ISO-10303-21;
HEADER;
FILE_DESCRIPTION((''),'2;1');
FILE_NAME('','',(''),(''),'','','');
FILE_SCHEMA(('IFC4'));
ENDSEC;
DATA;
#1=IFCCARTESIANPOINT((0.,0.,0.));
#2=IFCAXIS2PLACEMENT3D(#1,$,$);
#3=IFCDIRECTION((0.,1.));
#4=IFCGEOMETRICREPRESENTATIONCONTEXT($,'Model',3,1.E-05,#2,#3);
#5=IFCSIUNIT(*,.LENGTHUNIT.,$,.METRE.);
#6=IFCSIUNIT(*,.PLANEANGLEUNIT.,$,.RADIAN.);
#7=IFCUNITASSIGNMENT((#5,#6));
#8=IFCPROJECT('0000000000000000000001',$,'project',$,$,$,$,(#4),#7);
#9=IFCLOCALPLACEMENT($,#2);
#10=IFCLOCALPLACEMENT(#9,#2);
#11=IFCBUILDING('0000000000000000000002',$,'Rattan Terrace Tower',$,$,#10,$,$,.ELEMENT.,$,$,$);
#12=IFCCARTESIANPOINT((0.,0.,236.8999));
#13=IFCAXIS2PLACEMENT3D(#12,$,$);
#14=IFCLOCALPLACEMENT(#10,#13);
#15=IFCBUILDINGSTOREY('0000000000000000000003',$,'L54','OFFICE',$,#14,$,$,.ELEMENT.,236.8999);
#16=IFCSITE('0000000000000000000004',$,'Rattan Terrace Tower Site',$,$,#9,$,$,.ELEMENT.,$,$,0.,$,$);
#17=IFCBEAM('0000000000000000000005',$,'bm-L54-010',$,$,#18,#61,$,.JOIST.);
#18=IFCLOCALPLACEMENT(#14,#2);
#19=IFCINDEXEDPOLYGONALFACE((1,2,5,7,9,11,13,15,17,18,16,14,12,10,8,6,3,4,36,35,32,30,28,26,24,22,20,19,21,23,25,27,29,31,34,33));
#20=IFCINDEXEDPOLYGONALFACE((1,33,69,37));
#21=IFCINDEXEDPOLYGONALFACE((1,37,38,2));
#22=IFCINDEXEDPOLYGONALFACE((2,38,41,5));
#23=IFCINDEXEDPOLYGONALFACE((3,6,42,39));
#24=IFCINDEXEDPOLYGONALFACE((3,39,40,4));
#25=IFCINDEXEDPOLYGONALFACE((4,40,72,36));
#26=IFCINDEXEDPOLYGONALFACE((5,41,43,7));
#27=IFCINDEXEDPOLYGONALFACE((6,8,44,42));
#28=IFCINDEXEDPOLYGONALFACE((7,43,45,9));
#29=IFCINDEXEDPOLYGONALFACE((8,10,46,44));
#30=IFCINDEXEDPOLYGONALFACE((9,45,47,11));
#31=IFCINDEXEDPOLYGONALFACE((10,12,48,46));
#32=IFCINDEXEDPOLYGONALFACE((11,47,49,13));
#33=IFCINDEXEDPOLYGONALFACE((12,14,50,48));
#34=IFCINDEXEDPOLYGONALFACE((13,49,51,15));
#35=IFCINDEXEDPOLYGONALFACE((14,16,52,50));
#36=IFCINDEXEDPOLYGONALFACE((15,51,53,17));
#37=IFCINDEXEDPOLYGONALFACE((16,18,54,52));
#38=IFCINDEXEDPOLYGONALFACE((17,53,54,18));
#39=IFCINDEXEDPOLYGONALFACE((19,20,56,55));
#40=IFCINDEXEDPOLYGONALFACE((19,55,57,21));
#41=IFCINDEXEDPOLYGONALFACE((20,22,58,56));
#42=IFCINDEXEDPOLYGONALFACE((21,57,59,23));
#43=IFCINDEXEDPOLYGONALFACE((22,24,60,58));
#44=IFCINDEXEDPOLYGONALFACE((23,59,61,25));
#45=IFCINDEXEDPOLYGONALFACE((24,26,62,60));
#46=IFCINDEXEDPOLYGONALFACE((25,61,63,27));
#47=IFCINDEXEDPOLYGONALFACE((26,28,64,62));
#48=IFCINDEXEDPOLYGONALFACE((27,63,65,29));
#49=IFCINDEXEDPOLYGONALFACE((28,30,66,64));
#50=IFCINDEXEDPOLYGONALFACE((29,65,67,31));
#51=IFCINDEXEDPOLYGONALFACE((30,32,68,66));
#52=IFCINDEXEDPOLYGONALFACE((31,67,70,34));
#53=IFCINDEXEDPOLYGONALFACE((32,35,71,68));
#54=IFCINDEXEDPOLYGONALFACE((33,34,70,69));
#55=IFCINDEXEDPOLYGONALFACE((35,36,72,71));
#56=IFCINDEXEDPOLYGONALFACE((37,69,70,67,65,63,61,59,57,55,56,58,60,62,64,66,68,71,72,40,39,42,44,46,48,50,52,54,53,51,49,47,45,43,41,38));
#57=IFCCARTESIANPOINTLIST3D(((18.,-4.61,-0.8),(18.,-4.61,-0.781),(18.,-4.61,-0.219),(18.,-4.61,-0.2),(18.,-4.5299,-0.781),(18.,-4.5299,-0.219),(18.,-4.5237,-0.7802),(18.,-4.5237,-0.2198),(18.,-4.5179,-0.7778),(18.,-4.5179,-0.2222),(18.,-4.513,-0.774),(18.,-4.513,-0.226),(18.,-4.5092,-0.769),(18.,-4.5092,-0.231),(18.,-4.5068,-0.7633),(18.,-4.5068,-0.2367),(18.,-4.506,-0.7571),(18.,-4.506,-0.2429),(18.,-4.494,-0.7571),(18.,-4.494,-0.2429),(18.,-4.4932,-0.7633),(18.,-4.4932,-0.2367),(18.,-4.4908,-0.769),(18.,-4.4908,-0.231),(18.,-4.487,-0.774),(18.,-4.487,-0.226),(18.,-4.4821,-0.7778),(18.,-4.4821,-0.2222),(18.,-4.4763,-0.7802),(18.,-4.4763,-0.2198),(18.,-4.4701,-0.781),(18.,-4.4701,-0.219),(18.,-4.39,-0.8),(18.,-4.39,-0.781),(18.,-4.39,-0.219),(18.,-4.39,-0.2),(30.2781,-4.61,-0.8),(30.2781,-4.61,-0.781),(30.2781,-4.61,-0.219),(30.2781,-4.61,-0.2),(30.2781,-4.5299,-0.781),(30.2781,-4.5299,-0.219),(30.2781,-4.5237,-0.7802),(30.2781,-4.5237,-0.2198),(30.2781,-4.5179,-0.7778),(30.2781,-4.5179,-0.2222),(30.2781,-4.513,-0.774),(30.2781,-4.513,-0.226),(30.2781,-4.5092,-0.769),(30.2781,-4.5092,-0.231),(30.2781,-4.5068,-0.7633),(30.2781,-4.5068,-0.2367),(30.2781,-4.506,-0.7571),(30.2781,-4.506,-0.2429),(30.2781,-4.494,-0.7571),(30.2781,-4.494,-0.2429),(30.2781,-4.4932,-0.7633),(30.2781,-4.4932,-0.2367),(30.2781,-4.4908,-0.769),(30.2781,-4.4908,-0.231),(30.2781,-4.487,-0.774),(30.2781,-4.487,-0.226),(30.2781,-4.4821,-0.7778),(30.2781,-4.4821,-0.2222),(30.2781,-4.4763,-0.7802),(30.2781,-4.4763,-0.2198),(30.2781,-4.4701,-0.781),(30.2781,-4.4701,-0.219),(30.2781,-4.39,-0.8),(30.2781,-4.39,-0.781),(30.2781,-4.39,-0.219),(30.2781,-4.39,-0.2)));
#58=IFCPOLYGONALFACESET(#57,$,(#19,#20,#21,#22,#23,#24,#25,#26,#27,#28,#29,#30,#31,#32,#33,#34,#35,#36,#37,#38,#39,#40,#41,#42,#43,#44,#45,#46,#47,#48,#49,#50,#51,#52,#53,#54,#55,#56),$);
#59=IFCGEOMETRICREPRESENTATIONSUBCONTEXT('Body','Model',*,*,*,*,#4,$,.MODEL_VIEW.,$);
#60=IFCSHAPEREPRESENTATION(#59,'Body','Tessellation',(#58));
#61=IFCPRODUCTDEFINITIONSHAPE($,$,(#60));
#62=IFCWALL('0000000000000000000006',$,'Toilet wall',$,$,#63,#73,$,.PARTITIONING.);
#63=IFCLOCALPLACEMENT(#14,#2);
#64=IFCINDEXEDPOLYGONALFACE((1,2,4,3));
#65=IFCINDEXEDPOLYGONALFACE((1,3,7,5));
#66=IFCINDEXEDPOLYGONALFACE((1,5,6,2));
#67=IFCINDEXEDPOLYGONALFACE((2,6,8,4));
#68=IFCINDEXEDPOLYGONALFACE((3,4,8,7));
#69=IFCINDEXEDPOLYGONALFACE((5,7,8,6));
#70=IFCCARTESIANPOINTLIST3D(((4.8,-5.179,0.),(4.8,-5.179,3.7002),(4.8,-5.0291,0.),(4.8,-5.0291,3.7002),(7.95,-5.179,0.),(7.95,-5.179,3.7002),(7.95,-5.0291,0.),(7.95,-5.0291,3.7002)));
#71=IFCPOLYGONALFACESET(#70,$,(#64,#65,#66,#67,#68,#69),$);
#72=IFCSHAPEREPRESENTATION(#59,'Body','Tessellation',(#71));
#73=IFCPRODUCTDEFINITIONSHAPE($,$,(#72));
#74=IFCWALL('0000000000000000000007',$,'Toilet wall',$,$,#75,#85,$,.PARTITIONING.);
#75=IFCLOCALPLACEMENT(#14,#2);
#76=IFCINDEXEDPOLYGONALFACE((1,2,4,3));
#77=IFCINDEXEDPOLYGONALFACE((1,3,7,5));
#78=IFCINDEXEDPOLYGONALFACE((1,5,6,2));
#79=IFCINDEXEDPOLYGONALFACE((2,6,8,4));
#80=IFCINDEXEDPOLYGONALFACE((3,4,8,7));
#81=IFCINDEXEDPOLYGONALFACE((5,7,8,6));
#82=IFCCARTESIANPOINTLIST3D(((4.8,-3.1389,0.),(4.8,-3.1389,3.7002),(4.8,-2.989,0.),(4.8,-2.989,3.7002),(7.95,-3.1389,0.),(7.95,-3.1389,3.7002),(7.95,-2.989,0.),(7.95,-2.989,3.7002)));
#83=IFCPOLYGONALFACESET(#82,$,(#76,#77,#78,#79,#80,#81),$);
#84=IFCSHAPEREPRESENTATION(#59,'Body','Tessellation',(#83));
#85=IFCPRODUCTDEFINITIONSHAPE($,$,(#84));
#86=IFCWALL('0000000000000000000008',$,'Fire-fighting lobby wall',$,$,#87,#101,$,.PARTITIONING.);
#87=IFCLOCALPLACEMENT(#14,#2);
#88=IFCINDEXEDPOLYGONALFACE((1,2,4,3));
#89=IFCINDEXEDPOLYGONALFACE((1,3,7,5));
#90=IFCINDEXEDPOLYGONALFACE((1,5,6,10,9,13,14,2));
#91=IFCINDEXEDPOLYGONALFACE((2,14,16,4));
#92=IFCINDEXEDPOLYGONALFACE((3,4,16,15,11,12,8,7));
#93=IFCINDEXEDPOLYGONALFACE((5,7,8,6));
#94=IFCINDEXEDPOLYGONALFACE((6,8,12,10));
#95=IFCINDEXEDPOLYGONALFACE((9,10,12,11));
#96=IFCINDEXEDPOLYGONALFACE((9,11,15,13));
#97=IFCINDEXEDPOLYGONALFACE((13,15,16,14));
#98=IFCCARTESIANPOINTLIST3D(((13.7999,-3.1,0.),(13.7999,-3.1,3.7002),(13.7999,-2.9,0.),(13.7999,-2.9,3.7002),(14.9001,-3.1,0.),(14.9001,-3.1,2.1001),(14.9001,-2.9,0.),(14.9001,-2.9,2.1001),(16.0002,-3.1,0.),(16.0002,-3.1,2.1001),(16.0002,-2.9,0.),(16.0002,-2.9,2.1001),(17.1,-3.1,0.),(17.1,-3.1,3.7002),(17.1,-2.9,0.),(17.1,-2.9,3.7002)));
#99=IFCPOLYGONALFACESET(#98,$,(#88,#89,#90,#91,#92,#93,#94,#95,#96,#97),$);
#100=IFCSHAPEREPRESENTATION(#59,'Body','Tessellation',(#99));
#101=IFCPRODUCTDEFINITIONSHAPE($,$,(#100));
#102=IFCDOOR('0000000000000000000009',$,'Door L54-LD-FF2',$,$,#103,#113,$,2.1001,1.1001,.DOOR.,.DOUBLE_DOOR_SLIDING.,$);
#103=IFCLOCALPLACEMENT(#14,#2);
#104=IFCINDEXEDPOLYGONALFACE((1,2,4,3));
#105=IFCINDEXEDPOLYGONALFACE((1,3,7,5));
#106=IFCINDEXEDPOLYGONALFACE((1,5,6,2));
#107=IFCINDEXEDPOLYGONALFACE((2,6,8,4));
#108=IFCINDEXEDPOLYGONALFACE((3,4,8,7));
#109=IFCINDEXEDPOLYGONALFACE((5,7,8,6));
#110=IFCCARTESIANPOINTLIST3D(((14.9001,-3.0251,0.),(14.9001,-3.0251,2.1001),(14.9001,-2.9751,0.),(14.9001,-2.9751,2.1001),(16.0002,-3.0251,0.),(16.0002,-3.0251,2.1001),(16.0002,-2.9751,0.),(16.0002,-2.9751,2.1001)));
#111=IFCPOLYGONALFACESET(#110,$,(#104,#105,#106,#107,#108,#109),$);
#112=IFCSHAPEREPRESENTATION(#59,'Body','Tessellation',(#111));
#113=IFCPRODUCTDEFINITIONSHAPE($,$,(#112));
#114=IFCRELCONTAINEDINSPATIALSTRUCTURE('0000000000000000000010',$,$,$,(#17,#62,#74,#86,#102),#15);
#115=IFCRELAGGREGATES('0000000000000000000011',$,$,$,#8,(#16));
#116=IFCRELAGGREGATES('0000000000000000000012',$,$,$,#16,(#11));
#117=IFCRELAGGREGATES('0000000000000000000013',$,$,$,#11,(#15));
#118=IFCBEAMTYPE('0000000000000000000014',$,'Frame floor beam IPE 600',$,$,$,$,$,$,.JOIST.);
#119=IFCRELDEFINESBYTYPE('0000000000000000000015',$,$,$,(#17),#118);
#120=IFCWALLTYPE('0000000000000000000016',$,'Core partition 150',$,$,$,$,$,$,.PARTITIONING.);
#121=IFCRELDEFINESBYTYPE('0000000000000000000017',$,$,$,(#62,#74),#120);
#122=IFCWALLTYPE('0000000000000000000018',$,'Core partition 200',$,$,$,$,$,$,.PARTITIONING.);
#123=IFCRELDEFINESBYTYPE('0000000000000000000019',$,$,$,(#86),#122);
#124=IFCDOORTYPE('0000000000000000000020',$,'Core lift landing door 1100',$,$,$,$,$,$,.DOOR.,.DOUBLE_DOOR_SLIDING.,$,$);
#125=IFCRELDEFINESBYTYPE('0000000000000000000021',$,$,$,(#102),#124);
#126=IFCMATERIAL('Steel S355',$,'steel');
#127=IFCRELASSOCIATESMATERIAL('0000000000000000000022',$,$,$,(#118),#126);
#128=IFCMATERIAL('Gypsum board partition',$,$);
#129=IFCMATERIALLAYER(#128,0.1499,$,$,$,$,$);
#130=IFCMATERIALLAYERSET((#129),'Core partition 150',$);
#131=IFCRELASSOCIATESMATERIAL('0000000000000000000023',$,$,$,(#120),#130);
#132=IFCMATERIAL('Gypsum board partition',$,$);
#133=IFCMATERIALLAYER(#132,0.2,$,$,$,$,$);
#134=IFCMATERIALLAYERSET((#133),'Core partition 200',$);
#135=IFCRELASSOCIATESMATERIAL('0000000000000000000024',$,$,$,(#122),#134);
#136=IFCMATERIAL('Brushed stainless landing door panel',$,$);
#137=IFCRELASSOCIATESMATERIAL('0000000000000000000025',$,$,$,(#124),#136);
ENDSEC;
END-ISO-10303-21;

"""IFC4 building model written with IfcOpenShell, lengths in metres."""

from ifc_helpers import new_model, si_unit, direction, frame, frame_2d, origin, origin_2d, place, context, subcontext, project, spatial, rectangle, i_section, extrude, material, layer, layer_set, material_profile, profile_set, type_object, element, fill, save


model = new_model("IFC4")

# Units and contexts
model_context = context("Model", 3, precision=1e-05, world=origin(), true_north=direction((0.0, 1.0)))
body_context = subcontext(model_context, "Body", "Model", "MODEL_VIEW")
ifc_project = project(units=[si_unit("LENGTHUNIT", "METRE"), si_unit("PLANEANGLEUNIT", "RADIAN")], contexts=[model_context])

# Site, building, storey
site_placement = place(None, origin())
site = spatial("IfcSite", under=ifc_project, at=site_placement, Name="Rattan Terrace Tower Site", CompositionType="ELEMENT", RefElevation=0.0)
building_placement = place(site_placement, origin())
building = spatial("IfcBuilding", under=site, at=building_placement, Name="Rattan Terrace Tower", CompositionType="ELEMENT")
storey_placement = place(building_placement, frame((0.0, 0.0, 236.8999)))
storey = spatial("IfcBuildingStorey", under=building, at=storey_placement, Name="L54", Description="OFFICE", CompositionType="ELEMENT", Elevation=236.8999)

# Beam
ifc_material_1 = material(Name="Steel S355", Category="steel")
ifc_material_profile = material_profile(ifc_material_1, i_section(OverallWidth=0.22, OverallDepth=0.6001, WebThickness=0.012, FlangeThickness=0.019, FilletRadius=0.0239, at=origin_2d()), Name="IPE 600")
ifc_profile_set = profile_set([ifc_material_profile], Name="Steel S355")
beam_type = type_object("IfcBeamType", Name="Frame floor beam IPE 600", PredefinedType="JOIST", material=ifc_profile_set)
beam_placement = place(storey_placement, frame((18.0, -4.5, -0.5), z_axis=(1.0, 0.0, 0.0), x_axis=(0.0, 1.0, 0.0)))
element("IfcBeam", 1, at=beam_placement, inside=storey, type_object=beam_type, Name="bm-L54-010", PredefinedType="JOIST", context=body_context, shape_type="SweptSolid", body=[
    extrude(i_section(OverallWidth=0.22, OverallDepth=0.6001, WebThickness=0.012, FlangeThickness=0.019, FilletRadius=0.0239, at=origin_2d()), origin(), (0.0, 0.0, 1.0), 12.2781),
])

# Walls
ifc_material_2 = material(Name="Gypsum board partition")
ifc_layer_1 = layer(ifc_material_2, 0.1499)
ifc_layer_set_1 = layer_set([ifc_layer_1], Name="Core partition 150")
wall_type_1 = type_object("IfcWallType", Name="Core partition 150", PredefinedType="PARTITIONING", material=ifc_layer_set_1)
for number, where, z_axis, x_axis, name in (
    (2, (4.8, -5.104, 0.0), (0.0, 0.0, 1.0), (1.0, 0.0, 0.0), "Toilet wall"),
    (3, (4.8, -3.064, 0.0), (0.0, 0.0, 1.0), (1.0, 0.0, 0.0), "Toilet wall"),
):
    element("IfcWall", number, at=place(storey_placement, frame(where, z_axis=z_axis, x_axis=x_axis)), inside=storey, type_object=wall_type_1, Name=name, PredefinedType="PARTITIONING", context=body_context, shape_type="SweptSolid", body=[
        extrude(rectangle(XDim=3.1499, YDim=0.1499, at=frame_2d((1.575, 0.0))), origin(), (0.0, 0.0, 1.0), 3.7002),
    ])

# Wall, opening, door
ifc_material_3 = material(Name="Gypsum board partition")
ifc_layer_2 = layer(ifc_material_3, 0.2)
ifc_layer_set_2 = layer_set([ifc_layer_2], Name="Core partition 200")
wall_type_2 = type_object("IfcWallType", Name="Core partition 200", PredefinedType="PARTITIONING", material=ifc_layer_set_2)
wall_1_placement = place(storey_placement, frame((13.8, -3.0, 0.0), z_axis=(0.0, 0.0, 1.0), x_axis=(1.0, 0.0, 0.0)))
wall_1 = element("IfcWall", 4, at=wall_1_placement, inside=storey, type_object=wall_type_2, Name="Fire-fighting lobby wall", PredefinedType="PARTITIONING", context=body_context, shape_type="SweptSolid", body=[
    extrude(rectangle(XDim=3.3, YDim=0.2, at=frame_2d((1.6499, 0.0))), origin(), (0.0, 0.0, 1.0), 3.7002),
])
opening_1_placement = place(wall_1_placement, frame((1.1001, 0.0, 0.0)))
opening_1 = element("IfcOpeningElement", 5, at=opening_1_placement, cuts=wall_1, PredefinedType="OPENING", context=body_context, shape_type="SweptSolid", body=[
    extrude(rectangle(XDim=1.1001, YDim=2.1001, at=frame_2d((0.55, 1.05))), frame((0.0, 0.1106, 0.0), z_axis=(0.0, -1.0, 0.0), x_axis=(1.0, 0.0, 0.0)), (0.0, 0.0, 1.0), 0.2209),
])
ifc_material_4 = material(Name="Brushed stainless landing door panel")
door_type_1 = type_object("IfcDoorType", Name="Core lift landing door 1100", OperationType="DOUBLE_DOOR_SLIDING", PredefinedType="DOOR", material=ifc_material_4)
door_1_placement = place(opening_1_placement, origin())
door_1 = element("IfcDoor", 6, at=door_1_placement, inside=storey, type_object=door_type_1, Name="Door L54-LD-FF2", OperationType="DOUBLE_DOOR_SLIDING", OverallHeight=2.1001, OverallWidth=1.1001, PredefinedType="DOOR", context=body_context, shape_type="SweptSolid", body=[
    extrude(rectangle(XDim=1.1001, YDim=2.1001, at=frame_2d((0.55, 1.05))), frame((0.0, 0.0249, 0.0), z_axis=(0.0, -1.0, 0.0), x_axis=(1.0, 0.0, 0.0)), (0.0, 0.0, 1.0), 0.05),
])
fill(opening_1, door_1)

save(model, "model.ifc")
